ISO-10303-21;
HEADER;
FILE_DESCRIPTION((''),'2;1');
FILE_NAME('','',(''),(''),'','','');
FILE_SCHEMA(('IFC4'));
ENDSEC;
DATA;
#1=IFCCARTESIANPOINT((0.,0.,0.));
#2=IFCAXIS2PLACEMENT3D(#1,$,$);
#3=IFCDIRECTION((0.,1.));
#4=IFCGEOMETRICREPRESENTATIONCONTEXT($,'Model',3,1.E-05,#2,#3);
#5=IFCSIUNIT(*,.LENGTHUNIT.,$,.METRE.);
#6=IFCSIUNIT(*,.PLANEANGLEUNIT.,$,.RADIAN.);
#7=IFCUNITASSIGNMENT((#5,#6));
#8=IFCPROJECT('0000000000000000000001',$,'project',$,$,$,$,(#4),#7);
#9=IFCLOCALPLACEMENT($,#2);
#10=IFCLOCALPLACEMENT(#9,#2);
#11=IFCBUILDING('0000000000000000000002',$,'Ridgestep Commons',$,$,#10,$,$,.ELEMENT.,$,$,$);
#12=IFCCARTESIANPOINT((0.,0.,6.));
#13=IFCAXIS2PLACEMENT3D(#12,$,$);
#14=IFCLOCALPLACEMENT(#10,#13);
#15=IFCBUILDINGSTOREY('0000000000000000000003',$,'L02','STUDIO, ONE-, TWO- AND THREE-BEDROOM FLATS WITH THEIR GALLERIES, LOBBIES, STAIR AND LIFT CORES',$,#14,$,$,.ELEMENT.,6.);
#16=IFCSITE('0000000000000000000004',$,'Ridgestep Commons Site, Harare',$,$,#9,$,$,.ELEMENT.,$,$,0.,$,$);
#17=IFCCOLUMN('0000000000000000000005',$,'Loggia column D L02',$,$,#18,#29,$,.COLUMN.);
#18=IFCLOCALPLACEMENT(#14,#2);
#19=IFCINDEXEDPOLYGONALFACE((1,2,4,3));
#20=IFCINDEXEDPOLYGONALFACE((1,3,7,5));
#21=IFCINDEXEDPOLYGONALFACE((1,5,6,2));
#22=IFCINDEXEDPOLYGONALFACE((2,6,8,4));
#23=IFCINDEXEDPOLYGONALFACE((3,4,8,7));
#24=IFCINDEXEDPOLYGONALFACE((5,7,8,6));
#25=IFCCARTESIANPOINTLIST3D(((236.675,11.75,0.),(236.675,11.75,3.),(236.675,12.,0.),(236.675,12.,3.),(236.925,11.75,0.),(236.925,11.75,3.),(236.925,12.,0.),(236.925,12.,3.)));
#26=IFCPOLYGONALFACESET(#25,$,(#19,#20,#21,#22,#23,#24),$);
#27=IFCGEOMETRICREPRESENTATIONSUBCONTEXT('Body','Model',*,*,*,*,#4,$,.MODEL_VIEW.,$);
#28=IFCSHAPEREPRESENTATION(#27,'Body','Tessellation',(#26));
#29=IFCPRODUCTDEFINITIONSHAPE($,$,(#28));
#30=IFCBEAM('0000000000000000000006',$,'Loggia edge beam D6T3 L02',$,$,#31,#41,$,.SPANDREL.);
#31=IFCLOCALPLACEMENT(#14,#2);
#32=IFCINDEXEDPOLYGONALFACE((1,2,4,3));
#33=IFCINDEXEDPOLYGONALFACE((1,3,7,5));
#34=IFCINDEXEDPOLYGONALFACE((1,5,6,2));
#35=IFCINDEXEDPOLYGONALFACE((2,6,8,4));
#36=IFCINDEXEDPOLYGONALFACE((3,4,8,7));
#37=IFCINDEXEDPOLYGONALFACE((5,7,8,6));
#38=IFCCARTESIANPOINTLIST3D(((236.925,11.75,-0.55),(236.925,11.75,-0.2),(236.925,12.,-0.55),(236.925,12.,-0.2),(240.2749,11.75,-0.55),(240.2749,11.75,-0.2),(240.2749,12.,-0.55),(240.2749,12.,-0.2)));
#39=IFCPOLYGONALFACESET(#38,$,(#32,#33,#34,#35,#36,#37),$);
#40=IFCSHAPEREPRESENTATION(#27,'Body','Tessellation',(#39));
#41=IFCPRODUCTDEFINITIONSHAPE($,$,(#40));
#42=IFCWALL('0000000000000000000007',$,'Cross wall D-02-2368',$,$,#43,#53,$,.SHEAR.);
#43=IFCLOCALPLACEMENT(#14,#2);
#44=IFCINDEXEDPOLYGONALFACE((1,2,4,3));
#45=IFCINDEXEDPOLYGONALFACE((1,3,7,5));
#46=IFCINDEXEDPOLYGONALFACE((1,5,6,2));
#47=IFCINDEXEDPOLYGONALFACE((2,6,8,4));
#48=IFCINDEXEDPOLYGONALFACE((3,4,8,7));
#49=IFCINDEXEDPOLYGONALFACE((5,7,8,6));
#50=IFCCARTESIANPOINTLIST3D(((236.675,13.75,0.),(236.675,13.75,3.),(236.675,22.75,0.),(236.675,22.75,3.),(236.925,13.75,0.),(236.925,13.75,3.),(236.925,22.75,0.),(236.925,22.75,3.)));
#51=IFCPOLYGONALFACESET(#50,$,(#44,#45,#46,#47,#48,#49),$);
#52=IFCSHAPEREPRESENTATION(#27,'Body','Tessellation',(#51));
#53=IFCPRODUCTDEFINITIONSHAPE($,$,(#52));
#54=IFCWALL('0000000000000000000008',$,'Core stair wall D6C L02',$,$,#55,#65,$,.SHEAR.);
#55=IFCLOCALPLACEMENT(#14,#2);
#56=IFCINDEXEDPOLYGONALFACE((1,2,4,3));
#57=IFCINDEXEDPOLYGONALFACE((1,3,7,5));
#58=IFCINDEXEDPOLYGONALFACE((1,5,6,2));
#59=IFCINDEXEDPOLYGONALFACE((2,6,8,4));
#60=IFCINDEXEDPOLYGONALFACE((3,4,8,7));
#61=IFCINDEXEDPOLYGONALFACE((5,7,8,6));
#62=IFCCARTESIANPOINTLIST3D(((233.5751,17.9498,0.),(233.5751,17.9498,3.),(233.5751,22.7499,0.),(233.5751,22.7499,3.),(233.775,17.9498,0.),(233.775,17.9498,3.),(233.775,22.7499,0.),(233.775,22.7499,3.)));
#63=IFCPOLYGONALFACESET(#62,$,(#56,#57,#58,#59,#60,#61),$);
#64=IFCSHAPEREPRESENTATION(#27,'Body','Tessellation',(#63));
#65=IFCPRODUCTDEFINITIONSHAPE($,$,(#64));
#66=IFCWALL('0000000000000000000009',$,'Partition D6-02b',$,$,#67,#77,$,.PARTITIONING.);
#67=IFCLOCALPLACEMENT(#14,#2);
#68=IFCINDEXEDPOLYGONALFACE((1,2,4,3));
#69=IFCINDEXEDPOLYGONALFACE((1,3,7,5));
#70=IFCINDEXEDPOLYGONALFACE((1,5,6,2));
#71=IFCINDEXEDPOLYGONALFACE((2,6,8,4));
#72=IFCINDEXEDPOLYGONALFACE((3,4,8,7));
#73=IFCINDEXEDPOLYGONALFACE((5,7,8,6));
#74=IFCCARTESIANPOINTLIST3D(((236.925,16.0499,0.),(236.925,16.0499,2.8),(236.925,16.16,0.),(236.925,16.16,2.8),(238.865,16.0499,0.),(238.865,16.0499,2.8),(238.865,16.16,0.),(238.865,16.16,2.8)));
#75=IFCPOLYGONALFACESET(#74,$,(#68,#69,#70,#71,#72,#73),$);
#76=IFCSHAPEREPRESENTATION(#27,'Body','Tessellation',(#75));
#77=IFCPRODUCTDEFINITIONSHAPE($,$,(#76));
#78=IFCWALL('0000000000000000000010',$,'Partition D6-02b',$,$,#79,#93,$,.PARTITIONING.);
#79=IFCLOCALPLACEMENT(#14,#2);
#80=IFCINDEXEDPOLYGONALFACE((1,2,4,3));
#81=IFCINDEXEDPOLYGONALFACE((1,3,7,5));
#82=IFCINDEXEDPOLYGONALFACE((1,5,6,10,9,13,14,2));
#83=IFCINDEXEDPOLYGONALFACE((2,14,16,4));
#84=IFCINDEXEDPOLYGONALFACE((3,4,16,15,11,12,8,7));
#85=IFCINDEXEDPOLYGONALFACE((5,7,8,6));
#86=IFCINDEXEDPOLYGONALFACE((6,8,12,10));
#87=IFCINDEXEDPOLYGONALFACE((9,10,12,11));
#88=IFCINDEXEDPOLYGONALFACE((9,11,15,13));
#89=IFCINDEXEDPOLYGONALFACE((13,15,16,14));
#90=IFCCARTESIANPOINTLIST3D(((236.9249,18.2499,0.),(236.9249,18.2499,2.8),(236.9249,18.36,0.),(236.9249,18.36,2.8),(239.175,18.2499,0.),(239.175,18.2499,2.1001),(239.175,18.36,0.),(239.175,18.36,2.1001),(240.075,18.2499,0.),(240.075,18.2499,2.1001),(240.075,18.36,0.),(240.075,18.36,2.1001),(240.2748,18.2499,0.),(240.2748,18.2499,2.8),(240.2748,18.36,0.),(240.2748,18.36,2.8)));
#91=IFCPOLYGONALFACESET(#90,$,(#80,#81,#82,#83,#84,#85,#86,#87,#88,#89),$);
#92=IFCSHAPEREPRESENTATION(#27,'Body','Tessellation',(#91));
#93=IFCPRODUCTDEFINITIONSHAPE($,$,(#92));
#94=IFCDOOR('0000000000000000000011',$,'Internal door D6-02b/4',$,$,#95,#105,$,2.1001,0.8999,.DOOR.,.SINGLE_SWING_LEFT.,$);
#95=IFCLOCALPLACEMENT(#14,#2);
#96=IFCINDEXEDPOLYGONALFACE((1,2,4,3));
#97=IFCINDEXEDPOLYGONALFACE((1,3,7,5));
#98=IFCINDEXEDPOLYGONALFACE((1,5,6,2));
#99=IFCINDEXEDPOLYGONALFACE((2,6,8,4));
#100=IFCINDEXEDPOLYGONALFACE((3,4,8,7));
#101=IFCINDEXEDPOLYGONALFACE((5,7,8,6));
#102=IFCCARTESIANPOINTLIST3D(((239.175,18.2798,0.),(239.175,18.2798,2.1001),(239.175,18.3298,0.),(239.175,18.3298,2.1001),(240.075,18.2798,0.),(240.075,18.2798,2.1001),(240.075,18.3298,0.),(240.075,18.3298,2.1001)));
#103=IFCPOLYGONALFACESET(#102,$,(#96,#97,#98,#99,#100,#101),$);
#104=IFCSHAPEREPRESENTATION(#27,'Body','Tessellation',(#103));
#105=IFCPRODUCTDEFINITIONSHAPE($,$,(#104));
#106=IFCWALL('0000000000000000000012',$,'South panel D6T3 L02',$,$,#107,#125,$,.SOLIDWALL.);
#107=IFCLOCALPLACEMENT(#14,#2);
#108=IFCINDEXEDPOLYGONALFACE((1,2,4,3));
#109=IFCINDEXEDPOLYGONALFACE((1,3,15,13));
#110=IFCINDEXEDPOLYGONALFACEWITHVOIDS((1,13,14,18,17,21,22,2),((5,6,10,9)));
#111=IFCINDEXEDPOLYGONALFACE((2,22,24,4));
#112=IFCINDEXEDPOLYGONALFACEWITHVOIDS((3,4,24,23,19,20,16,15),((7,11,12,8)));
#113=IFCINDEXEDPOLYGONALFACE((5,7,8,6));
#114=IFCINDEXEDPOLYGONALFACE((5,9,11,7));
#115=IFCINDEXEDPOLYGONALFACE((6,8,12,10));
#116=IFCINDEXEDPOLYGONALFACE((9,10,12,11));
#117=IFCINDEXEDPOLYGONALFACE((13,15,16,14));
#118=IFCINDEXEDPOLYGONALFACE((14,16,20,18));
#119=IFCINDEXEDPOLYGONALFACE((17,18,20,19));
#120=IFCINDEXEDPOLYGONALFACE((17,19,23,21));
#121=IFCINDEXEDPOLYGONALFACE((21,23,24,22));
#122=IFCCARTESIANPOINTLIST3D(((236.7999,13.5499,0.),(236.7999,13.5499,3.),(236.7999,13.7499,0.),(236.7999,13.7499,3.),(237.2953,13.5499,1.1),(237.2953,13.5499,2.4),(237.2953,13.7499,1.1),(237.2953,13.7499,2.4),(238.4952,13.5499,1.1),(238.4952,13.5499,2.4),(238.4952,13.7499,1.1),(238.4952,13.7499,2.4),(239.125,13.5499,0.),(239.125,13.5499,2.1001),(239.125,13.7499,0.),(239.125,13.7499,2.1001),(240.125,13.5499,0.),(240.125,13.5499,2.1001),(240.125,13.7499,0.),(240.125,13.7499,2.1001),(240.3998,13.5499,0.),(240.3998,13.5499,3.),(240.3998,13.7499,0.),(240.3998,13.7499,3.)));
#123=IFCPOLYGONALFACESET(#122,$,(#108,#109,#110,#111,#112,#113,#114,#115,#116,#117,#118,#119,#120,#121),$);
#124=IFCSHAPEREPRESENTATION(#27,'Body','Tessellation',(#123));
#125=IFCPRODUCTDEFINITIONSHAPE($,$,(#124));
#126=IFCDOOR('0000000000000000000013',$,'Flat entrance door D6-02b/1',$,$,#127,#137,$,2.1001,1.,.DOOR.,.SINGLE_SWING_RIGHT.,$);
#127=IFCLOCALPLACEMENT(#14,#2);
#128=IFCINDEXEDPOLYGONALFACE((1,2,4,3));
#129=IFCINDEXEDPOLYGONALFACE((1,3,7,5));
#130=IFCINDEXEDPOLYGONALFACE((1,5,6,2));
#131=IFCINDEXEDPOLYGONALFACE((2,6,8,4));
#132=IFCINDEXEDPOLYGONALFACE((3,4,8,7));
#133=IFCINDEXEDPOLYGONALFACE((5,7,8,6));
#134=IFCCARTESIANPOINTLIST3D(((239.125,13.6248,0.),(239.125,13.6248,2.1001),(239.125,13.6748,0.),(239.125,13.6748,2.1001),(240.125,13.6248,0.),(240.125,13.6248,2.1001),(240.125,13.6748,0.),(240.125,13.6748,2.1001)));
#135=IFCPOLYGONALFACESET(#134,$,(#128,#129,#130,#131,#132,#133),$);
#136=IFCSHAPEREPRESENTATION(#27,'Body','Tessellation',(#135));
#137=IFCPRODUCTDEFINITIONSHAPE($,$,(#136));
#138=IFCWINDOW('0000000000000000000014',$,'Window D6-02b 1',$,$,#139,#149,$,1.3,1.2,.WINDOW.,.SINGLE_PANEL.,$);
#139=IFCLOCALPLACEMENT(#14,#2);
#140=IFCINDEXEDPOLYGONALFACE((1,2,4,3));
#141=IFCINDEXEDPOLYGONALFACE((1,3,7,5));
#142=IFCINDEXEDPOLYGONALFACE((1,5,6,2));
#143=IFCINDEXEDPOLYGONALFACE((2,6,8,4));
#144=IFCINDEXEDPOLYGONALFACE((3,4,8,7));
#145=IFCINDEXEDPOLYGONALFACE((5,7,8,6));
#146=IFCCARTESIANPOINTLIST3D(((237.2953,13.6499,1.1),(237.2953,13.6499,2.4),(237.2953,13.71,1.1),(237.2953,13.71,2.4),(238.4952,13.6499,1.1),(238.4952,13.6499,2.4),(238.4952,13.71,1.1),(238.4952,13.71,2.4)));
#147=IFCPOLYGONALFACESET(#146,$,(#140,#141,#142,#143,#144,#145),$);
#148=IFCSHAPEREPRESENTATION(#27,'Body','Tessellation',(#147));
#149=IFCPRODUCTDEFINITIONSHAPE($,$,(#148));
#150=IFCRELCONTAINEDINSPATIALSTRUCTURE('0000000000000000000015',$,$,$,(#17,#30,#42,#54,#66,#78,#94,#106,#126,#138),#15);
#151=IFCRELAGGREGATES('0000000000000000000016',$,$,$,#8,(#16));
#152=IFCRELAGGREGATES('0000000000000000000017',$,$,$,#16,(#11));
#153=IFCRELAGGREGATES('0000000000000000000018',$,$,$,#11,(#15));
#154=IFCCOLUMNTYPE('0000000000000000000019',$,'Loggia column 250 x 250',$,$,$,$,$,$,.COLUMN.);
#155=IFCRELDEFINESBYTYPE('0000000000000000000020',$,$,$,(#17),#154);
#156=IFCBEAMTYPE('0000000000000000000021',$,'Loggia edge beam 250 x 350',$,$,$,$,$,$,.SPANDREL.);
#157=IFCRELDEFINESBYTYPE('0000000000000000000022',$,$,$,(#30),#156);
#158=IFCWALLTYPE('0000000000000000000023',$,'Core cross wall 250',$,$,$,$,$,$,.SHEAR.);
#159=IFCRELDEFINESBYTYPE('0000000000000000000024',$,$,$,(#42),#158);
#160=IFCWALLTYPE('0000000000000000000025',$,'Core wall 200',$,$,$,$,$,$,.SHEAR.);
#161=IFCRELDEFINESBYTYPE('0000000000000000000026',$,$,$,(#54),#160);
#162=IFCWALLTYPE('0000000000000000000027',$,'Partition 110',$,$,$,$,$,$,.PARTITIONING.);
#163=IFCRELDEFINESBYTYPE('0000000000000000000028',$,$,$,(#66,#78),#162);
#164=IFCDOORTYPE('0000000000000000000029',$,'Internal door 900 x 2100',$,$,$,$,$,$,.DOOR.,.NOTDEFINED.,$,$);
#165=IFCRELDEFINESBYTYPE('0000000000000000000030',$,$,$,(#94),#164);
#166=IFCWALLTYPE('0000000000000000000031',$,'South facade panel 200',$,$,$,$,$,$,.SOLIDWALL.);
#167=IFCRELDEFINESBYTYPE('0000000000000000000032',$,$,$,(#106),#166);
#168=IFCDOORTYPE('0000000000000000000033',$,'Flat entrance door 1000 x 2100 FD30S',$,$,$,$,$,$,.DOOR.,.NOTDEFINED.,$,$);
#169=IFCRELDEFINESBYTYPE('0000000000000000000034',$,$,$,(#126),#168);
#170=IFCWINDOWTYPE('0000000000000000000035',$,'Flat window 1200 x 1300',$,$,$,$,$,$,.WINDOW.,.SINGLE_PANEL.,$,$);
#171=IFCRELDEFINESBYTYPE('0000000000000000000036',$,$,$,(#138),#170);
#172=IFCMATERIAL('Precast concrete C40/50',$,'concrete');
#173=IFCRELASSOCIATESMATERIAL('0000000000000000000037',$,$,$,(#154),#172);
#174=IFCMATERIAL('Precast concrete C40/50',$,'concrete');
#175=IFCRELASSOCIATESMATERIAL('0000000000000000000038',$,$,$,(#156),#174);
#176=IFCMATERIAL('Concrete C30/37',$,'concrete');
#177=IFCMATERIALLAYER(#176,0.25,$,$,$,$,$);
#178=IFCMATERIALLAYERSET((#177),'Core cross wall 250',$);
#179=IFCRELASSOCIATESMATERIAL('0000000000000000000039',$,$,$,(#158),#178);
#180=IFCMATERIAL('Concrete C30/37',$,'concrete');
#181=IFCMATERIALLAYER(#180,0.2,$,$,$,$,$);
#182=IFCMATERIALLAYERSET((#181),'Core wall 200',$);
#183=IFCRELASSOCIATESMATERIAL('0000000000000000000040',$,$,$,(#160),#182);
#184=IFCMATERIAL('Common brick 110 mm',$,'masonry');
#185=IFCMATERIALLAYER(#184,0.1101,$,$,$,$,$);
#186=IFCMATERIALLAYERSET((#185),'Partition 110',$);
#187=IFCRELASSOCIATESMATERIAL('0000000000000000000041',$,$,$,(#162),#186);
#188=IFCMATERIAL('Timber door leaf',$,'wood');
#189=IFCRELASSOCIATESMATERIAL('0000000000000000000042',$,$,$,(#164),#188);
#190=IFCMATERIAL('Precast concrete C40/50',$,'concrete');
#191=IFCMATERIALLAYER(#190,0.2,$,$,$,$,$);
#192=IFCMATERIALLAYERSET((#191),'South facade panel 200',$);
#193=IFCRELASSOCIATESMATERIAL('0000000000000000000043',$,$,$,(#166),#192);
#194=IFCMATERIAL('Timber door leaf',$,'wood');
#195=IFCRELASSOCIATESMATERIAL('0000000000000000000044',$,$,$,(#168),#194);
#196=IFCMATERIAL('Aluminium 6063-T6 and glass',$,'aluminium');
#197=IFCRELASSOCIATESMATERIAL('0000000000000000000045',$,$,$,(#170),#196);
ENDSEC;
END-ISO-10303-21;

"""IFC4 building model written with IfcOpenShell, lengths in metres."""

from ifc_helpers import new_model, si_unit, direction, frame, frame_2d, origin, origin_2d, place, context, subcontext, project, spatial, rectangle, extrude, material, layer, layer_set, material_profile, profile_set, type_object, element, fill, save


model = new_model("IFC4")

# Units and contexts
model_context = context("Model", 3, precision=1e-05, world=origin(), true_north=direction((0.0, 1.0)))
body_context = subcontext(model_context, "Body", "Model", "MODEL_VIEW")
ifc_project = project(units=[si_unit("LENGTHUNIT", "METRE"), si_unit("PLANEANGLEUNIT", "RADIAN")], contexts=[model_context])

# Site, building, storey
site_placement = place(None, origin())
site = spatial("IfcSite", under=ifc_project, at=site_placement, Name="Ridgestep Commons Site, Harare", CompositionType="ELEMENT", RefElevation=0.0)
building_placement = place(site_placement, origin())
building = spatial("IfcBuilding", under=site, at=building_placement, Name="Ridgestep Commons", CompositionType="ELEMENT")
storey_placement = place(building_placement, frame((0.0, 0.0, 6.0)))
storey = spatial("IfcBuildingStorey", under=building, at=storey_placement, Name="L02", Description="STUDIO, ONE-, TWO- AND THREE-BEDROOM FLATS WITH THEIR GALLERIES, LOBBIES, STAIR AND LIFT CORES", CompositionType="ELEMENT", Elevation=6.0)

# Column
ifc_material_1 = material(Name="Precast concrete C40/50", Category="concrete")
ifc_material_profile_1 = material_profile(ifc_material_1, rectangle(XDim=0.25, YDim=0.25, at=origin_2d()), Name="PC 250x250")
ifc_profile_set_1 = profile_set([ifc_material_profile_1], Name="Precast concrete C40/50")
column_type = type_object("IfcColumnType", Name="Loggia column 250 x 250", PredefinedType="COLUMN", material=ifc_profile_set_1)
column_placement = place(storey_placement, frame((236.8, 11.875, 0.0), z_axis=(0.0, 0.0, 1.0), x_axis=(1.0, 0.0, 0.0)))
element("IfcColumn", 1, at=column_placement, inside=storey, type_object=column_type, Name="Loggia column D L02", PredefinedType="COLUMN", context=body_context, shape_type="SweptSolid", body=[
    extrude(rectangle(XDim=0.25, YDim=0.25, at=origin_2d()), origin(), (0.0, 0.0, 1.0), 3.0),
])

# Beam
ifc_material_2 = material(Name="Precast concrete C40/50", Category="concrete")
ifc_material_profile_2 = material_profile(ifc_material_2, rectangle(XDim=0.25, YDim=0.3501, at=origin_2d()), Name="PC 250x350")
ifc_profile_set_2 = profile_set([ifc_material_profile_2], Name="Precast concrete C40/50")
beam_type = type_object("IfcBeamType", Name="Loggia edge beam 250 x 350", PredefinedType="SPANDREL", material=ifc_profile_set_2)
beam_placement = place(storey_placement, frame((236.925, 11.875, -0.375), z_axis=(1.0, 0.0, 0.0), x_axis=(0.0, 1.0, 0.0)))
element("IfcBeam", 2, at=beam_placement, inside=storey, type_object=beam_type, Name="Loggia edge beam D6T3 L02", PredefinedType="SPANDREL", context=body_context, shape_type="SweptSolid", body=[
    extrude(rectangle(XDim=0.25, YDim=0.3501, at=origin_2d()), origin(), (0.0, 0.0, 1.0), 3.3499),
])

# Walls
ifc_material_3 = material(Name="Concrete C30/37", Category="concrete")
ifc_layer_1 = layer(ifc_material_3, 0.25)
ifc_layer_set_1 = layer_set([ifc_layer_1], Name="Core cross wall 250")
wall_type_1 = type_object("IfcWallType", Name="Core cross wall 250", PredefinedType="SHEAR", material=ifc_layer_set_1)
wall_1_placement = place(storey_placement, frame((236.8, 13.75, 0.0), z_axis=(0.0, 0.0, 1.0), x_axis=(0.0, 1.0, 0.0)))
element("IfcWall", 3, at=wall_1_placement, inside=storey, type_object=wall_type_1, Name="Cross wall D-02-2368", PredefinedType="SHEAR", context=body_context, shape_type="SweptSolid", body=[
    extrude(rectangle(XDim=9.0, YDim=0.25, at=frame_2d((4.5, 0.0))), origin(), (0.0, 0.0, 1.0), 3.0),
])
ifc_material_4 = material(Name="Concrete C30/37", Category="concrete")
ifc_layer_2 = layer(ifc_material_4, 0.2)
ifc_layer_set_2 = layer_set([ifc_layer_2], Name="Core wall 200")
wall_type_2 = type_object("IfcWallType", Name="Core wall 200", PredefinedType="SHEAR", material=ifc_layer_set_2)
wall_2_placement = place(storey_placement, frame((233.675, 17.95, 0.0), z_axis=(0.0, 0.0, 1.0), x_axis=(0.0, 1.0, 0.0)))
element("IfcWall", 4, at=wall_2_placement, inside=storey, type_object=wall_type_2, Name="Core stair wall D6C L02", PredefinedType="SHEAR", context=body_context, shape_type="SweptSolid", body=[
    extrude(rectangle(XDim=4.8, YDim=0.2, at=frame_2d((2.3999, 0.0))), origin(), (0.0, 0.0, 1.0), 3.0),
])
ifc_material_5 = material(Name="Common brick 110 mm", Category="masonry")
ifc_layer_3 = layer(ifc_material_5, 0.1101)
ifc_layer_set_3 = layer_set([ifc_layer_3], Name="Partition 110")
wall_type_3 = type_object("IfcWallType", Name="Partition 110", PredefinedType="PARTITIONING", material=ifc_layer_set_3)
wall_3_placement = place(storey_placement, frame((236.925, 16.105, 0.0), z_axis=(0.0, 0.0, 1.0), x_axis=(1.0, 0.0, 0.0)))
element("IfcWall", 5, at=wall_3_placement, inside=storey, type_object=wall_type_3, Name="Partition D6-02b", PredefinedType="PARTITIONING", context=body_context, shape_type="SweptSolid", body=[
    extrude(rectangle(XDim=1.9399, YDim=0.1101, at=frame_2d((0.97, 0.0))), origin(), (0.0, 0.0, 1.0), 2.8),
])

# Wall, opening, door
wall_4_placement = place(storey_placement, frame((236.925, 18.3049, 0.0), z_axis=(0.0, 0.0, 1.0), x_axis=(1.0, 0.0, 0.0)))
wall_4 = element("IfcWall", 6, at=wall_4_placement, inside=storey, type_object=wall_type_3, Name="Partition D6-02b", PredefinedType="PARTITIONING", context=body_context, shape_type="SweptSolid", body=[
    extrude(rectangle(XDim=3.3499, YDim=0.1101, at=frame_2d((1.6748, 0.0))), origin(), (0.0, 0.0, 1.0), 2.8),
])
opening_1_placement = place(wall_4_placement, frame((2.25, 0.0, 0.0)))
opening_1 = element("IfcOpeningElement", 7, at=opening_1_placement, cuts=wall_4, PredefinedType="OPENING", context=body_context, shape_type="SweptSolid", body=[
    extrude(rectangle(XDim=0.8999, YDim=2.1001, at=frame_2d((0.45, 1.05))), frame((0.0, 0.0649, 0.0), z_axis=(0.0, -1.0, 0.0), x_axis=(1.0, 0.0, 0.0)), (0.0, 0.0, 1.0), 0.1301),
])
ifc_material_6 = material(Name="Timber door leaf", Category="wood")
door_type_1 = type_object("IfcDoorType", Name="Internal door 900 x 2100", OperationType="NOTDEFINED", PredefinedType="DOOR", material=ifc_material_6)
door_1_placement = place(opening_1_placement, origin())
door_1 = element("IfcDoor", 8, at=door_1_placement, inside=storey, type_object=door_type_1, Name="Internal door D6-02b/4", OperationType="SINGLE_SWING_LEFT", OverallHeight=2.1001, OverallWidth=0.8999, PredefinedType="DOOR", context=body_context, shape_type="SweptSolid", body=[
    extrude(rectangle(XDim=0.8999, YDim=2.1001, at=frame_2d((0.45, 1.05))), frame((0.0, 0.0249, 0.0), z_axis=(0.0, -1.0, 0.0), x_axis=(1.0, 0.0, 0.0)), (0.0, 0.0, 1.0), 0.05),
])
fill(opening_1, door_1)

# Wall, openings, door, window
ifc_material_7 = material(Name="Precast concrete C40/50", Category="concrete")
ifc_layer_4 = layer(ifc_material_7, 0.2)
ifc_layer_set_4 = layer_set([ifc_layer_4], Name="South facade panel 200")
wall_type_4 = type_object("IfcWallType", Name="South facade panel 200", PredefinedType="SOLIDWALL", material=ifc_layer_set_4)
wall_5_placement = place(storey_placement, frame((236.8, 13.6499, 0.0), z_axis=(0.0, 0.0, 1.0), x_axis=(1.0, 0.0, 0.0)))
wall_5 = element("IfcWall", 9, at=wall_5_placement, inside=storey, type_object=wall_type_4, Name="South panel D6T3 L02", PredefinedType="SOLIDWALL", context=body_context, shape_type="SweptSolid", body=[
    extrude(rectangle(XDim=3.5999, YDim=0.2, at=frame_2d((1.7998, 0.0))), origin(), (0.0, 0.0, 1.0), 3.0),
])
opening_2_placement = place(wall_5_placement, frame((0.4951, 0.0, 1.1001)))
opening_2 = element("IfcOpeningElement", 10, at=opening_2_placement, cuts=wall_5, PredefinedType="OPENING", context=body_context, shape_type="SweptSolid", body=[
    extrude(rectangle(XDim=1.2, YDim=1.3, at=frame_2d((0.6001, 0.6499))), frame((0.0, 0.1099, 0.0), z_axis=(0.0, -1.0, 0.0), x_axis=(1.0, 0.0, 0.0)), (0.0, 0.0, 1.0), 0.22),
])
opening_3_placement = place(wall_5_placement, frame((2.325, 0.0, 0.0)))
opening_3 = element("IfcOpeningElement", 11, at=opening_3_placement, cuts=wall_5, PredefinedType="OPENING", context=body_context, shape_type="SweptSolid", body=[
    extrude(rectangle(XDim=1.0, YDim=2.1001, at=frame_2d((0.5, 1.05))), frame((0.0, 0.1099, 0.0), z_axis=(0.0, -1.0, 0.0), x_axis=(1.0, 0.0, 0.0)), (0.0, 0.0, 1.0), 0.22),
])
ifc_material_8 = material(Name="Timber door leaf", Category="wood")
door_type_2 = type_object("IfcDoorType", Name="Flat entrance door 1000 x 2100 FD30S", OperationType="NOTDEFINED", PredefinedType="DOOR", material=ifc_material_8)
door_2_placement = place(opening_3_placement, origin())
door_2 = element("IfcDoor", 12, at=door_2_placement, inside=storey, type_object=door_type_2, Name="Flat entrance door D6-02b/1", OperationType="SINGLE_SWING_RIGHT", OverallHeight=2.1001, OverallWidth=1.0, PredefinedType="DOOR", context=body_context, shape_type="SweptSolid", body=[
    extrude(rectangle(XDim=1.0, YDim=2.1001, at=frame_2d((0.5, 1.05))), frame((0.0, 0.0249, 0.0), z_axis=(0.0, -1.0, 0.0), x_axis=(1.0, 0.0, 0.0)), (0.0, 0.0, 1.0), 0.05),
])
fill(opening_3, door_2)
ifc_material_9 = material(Name="Aluminium 6063-T6 and glass", Category="aluminium")
window_type = type_object("IfcWindowType", Name="Flat window 1200 x 1300", PartitioningType="SINGLE_PANEL", PredefinedType="WINDOW", material=ifc_material_9)
window_placement = place(opening_2_placement, origin())
window = element("IfcWindow", 13, at=window_placement, inside=storey, type_object=window_type, Name="Window D6-02b 1", OverallHeight=1.3, OverallWidth=1.2, PartitioningType="SINGLE_PANEL", PredefinedType="WINDOW", context=body_context, shape_type="SweptSolid", body=[
    extrude(rectangle(XDim=1.2, YDim=1.3, at=frame_2d((0.6001, 0.6499))), frame((0.0, 0.0601, 0.0), z_axis=(0.0, -1.0, 0.0), x_axis=(1.0, 0.0, 0.0)), (0.0, 0.0, 1.0), 0.0601),
])
fill(opening_2, window)

save(model, "model.ifc")
